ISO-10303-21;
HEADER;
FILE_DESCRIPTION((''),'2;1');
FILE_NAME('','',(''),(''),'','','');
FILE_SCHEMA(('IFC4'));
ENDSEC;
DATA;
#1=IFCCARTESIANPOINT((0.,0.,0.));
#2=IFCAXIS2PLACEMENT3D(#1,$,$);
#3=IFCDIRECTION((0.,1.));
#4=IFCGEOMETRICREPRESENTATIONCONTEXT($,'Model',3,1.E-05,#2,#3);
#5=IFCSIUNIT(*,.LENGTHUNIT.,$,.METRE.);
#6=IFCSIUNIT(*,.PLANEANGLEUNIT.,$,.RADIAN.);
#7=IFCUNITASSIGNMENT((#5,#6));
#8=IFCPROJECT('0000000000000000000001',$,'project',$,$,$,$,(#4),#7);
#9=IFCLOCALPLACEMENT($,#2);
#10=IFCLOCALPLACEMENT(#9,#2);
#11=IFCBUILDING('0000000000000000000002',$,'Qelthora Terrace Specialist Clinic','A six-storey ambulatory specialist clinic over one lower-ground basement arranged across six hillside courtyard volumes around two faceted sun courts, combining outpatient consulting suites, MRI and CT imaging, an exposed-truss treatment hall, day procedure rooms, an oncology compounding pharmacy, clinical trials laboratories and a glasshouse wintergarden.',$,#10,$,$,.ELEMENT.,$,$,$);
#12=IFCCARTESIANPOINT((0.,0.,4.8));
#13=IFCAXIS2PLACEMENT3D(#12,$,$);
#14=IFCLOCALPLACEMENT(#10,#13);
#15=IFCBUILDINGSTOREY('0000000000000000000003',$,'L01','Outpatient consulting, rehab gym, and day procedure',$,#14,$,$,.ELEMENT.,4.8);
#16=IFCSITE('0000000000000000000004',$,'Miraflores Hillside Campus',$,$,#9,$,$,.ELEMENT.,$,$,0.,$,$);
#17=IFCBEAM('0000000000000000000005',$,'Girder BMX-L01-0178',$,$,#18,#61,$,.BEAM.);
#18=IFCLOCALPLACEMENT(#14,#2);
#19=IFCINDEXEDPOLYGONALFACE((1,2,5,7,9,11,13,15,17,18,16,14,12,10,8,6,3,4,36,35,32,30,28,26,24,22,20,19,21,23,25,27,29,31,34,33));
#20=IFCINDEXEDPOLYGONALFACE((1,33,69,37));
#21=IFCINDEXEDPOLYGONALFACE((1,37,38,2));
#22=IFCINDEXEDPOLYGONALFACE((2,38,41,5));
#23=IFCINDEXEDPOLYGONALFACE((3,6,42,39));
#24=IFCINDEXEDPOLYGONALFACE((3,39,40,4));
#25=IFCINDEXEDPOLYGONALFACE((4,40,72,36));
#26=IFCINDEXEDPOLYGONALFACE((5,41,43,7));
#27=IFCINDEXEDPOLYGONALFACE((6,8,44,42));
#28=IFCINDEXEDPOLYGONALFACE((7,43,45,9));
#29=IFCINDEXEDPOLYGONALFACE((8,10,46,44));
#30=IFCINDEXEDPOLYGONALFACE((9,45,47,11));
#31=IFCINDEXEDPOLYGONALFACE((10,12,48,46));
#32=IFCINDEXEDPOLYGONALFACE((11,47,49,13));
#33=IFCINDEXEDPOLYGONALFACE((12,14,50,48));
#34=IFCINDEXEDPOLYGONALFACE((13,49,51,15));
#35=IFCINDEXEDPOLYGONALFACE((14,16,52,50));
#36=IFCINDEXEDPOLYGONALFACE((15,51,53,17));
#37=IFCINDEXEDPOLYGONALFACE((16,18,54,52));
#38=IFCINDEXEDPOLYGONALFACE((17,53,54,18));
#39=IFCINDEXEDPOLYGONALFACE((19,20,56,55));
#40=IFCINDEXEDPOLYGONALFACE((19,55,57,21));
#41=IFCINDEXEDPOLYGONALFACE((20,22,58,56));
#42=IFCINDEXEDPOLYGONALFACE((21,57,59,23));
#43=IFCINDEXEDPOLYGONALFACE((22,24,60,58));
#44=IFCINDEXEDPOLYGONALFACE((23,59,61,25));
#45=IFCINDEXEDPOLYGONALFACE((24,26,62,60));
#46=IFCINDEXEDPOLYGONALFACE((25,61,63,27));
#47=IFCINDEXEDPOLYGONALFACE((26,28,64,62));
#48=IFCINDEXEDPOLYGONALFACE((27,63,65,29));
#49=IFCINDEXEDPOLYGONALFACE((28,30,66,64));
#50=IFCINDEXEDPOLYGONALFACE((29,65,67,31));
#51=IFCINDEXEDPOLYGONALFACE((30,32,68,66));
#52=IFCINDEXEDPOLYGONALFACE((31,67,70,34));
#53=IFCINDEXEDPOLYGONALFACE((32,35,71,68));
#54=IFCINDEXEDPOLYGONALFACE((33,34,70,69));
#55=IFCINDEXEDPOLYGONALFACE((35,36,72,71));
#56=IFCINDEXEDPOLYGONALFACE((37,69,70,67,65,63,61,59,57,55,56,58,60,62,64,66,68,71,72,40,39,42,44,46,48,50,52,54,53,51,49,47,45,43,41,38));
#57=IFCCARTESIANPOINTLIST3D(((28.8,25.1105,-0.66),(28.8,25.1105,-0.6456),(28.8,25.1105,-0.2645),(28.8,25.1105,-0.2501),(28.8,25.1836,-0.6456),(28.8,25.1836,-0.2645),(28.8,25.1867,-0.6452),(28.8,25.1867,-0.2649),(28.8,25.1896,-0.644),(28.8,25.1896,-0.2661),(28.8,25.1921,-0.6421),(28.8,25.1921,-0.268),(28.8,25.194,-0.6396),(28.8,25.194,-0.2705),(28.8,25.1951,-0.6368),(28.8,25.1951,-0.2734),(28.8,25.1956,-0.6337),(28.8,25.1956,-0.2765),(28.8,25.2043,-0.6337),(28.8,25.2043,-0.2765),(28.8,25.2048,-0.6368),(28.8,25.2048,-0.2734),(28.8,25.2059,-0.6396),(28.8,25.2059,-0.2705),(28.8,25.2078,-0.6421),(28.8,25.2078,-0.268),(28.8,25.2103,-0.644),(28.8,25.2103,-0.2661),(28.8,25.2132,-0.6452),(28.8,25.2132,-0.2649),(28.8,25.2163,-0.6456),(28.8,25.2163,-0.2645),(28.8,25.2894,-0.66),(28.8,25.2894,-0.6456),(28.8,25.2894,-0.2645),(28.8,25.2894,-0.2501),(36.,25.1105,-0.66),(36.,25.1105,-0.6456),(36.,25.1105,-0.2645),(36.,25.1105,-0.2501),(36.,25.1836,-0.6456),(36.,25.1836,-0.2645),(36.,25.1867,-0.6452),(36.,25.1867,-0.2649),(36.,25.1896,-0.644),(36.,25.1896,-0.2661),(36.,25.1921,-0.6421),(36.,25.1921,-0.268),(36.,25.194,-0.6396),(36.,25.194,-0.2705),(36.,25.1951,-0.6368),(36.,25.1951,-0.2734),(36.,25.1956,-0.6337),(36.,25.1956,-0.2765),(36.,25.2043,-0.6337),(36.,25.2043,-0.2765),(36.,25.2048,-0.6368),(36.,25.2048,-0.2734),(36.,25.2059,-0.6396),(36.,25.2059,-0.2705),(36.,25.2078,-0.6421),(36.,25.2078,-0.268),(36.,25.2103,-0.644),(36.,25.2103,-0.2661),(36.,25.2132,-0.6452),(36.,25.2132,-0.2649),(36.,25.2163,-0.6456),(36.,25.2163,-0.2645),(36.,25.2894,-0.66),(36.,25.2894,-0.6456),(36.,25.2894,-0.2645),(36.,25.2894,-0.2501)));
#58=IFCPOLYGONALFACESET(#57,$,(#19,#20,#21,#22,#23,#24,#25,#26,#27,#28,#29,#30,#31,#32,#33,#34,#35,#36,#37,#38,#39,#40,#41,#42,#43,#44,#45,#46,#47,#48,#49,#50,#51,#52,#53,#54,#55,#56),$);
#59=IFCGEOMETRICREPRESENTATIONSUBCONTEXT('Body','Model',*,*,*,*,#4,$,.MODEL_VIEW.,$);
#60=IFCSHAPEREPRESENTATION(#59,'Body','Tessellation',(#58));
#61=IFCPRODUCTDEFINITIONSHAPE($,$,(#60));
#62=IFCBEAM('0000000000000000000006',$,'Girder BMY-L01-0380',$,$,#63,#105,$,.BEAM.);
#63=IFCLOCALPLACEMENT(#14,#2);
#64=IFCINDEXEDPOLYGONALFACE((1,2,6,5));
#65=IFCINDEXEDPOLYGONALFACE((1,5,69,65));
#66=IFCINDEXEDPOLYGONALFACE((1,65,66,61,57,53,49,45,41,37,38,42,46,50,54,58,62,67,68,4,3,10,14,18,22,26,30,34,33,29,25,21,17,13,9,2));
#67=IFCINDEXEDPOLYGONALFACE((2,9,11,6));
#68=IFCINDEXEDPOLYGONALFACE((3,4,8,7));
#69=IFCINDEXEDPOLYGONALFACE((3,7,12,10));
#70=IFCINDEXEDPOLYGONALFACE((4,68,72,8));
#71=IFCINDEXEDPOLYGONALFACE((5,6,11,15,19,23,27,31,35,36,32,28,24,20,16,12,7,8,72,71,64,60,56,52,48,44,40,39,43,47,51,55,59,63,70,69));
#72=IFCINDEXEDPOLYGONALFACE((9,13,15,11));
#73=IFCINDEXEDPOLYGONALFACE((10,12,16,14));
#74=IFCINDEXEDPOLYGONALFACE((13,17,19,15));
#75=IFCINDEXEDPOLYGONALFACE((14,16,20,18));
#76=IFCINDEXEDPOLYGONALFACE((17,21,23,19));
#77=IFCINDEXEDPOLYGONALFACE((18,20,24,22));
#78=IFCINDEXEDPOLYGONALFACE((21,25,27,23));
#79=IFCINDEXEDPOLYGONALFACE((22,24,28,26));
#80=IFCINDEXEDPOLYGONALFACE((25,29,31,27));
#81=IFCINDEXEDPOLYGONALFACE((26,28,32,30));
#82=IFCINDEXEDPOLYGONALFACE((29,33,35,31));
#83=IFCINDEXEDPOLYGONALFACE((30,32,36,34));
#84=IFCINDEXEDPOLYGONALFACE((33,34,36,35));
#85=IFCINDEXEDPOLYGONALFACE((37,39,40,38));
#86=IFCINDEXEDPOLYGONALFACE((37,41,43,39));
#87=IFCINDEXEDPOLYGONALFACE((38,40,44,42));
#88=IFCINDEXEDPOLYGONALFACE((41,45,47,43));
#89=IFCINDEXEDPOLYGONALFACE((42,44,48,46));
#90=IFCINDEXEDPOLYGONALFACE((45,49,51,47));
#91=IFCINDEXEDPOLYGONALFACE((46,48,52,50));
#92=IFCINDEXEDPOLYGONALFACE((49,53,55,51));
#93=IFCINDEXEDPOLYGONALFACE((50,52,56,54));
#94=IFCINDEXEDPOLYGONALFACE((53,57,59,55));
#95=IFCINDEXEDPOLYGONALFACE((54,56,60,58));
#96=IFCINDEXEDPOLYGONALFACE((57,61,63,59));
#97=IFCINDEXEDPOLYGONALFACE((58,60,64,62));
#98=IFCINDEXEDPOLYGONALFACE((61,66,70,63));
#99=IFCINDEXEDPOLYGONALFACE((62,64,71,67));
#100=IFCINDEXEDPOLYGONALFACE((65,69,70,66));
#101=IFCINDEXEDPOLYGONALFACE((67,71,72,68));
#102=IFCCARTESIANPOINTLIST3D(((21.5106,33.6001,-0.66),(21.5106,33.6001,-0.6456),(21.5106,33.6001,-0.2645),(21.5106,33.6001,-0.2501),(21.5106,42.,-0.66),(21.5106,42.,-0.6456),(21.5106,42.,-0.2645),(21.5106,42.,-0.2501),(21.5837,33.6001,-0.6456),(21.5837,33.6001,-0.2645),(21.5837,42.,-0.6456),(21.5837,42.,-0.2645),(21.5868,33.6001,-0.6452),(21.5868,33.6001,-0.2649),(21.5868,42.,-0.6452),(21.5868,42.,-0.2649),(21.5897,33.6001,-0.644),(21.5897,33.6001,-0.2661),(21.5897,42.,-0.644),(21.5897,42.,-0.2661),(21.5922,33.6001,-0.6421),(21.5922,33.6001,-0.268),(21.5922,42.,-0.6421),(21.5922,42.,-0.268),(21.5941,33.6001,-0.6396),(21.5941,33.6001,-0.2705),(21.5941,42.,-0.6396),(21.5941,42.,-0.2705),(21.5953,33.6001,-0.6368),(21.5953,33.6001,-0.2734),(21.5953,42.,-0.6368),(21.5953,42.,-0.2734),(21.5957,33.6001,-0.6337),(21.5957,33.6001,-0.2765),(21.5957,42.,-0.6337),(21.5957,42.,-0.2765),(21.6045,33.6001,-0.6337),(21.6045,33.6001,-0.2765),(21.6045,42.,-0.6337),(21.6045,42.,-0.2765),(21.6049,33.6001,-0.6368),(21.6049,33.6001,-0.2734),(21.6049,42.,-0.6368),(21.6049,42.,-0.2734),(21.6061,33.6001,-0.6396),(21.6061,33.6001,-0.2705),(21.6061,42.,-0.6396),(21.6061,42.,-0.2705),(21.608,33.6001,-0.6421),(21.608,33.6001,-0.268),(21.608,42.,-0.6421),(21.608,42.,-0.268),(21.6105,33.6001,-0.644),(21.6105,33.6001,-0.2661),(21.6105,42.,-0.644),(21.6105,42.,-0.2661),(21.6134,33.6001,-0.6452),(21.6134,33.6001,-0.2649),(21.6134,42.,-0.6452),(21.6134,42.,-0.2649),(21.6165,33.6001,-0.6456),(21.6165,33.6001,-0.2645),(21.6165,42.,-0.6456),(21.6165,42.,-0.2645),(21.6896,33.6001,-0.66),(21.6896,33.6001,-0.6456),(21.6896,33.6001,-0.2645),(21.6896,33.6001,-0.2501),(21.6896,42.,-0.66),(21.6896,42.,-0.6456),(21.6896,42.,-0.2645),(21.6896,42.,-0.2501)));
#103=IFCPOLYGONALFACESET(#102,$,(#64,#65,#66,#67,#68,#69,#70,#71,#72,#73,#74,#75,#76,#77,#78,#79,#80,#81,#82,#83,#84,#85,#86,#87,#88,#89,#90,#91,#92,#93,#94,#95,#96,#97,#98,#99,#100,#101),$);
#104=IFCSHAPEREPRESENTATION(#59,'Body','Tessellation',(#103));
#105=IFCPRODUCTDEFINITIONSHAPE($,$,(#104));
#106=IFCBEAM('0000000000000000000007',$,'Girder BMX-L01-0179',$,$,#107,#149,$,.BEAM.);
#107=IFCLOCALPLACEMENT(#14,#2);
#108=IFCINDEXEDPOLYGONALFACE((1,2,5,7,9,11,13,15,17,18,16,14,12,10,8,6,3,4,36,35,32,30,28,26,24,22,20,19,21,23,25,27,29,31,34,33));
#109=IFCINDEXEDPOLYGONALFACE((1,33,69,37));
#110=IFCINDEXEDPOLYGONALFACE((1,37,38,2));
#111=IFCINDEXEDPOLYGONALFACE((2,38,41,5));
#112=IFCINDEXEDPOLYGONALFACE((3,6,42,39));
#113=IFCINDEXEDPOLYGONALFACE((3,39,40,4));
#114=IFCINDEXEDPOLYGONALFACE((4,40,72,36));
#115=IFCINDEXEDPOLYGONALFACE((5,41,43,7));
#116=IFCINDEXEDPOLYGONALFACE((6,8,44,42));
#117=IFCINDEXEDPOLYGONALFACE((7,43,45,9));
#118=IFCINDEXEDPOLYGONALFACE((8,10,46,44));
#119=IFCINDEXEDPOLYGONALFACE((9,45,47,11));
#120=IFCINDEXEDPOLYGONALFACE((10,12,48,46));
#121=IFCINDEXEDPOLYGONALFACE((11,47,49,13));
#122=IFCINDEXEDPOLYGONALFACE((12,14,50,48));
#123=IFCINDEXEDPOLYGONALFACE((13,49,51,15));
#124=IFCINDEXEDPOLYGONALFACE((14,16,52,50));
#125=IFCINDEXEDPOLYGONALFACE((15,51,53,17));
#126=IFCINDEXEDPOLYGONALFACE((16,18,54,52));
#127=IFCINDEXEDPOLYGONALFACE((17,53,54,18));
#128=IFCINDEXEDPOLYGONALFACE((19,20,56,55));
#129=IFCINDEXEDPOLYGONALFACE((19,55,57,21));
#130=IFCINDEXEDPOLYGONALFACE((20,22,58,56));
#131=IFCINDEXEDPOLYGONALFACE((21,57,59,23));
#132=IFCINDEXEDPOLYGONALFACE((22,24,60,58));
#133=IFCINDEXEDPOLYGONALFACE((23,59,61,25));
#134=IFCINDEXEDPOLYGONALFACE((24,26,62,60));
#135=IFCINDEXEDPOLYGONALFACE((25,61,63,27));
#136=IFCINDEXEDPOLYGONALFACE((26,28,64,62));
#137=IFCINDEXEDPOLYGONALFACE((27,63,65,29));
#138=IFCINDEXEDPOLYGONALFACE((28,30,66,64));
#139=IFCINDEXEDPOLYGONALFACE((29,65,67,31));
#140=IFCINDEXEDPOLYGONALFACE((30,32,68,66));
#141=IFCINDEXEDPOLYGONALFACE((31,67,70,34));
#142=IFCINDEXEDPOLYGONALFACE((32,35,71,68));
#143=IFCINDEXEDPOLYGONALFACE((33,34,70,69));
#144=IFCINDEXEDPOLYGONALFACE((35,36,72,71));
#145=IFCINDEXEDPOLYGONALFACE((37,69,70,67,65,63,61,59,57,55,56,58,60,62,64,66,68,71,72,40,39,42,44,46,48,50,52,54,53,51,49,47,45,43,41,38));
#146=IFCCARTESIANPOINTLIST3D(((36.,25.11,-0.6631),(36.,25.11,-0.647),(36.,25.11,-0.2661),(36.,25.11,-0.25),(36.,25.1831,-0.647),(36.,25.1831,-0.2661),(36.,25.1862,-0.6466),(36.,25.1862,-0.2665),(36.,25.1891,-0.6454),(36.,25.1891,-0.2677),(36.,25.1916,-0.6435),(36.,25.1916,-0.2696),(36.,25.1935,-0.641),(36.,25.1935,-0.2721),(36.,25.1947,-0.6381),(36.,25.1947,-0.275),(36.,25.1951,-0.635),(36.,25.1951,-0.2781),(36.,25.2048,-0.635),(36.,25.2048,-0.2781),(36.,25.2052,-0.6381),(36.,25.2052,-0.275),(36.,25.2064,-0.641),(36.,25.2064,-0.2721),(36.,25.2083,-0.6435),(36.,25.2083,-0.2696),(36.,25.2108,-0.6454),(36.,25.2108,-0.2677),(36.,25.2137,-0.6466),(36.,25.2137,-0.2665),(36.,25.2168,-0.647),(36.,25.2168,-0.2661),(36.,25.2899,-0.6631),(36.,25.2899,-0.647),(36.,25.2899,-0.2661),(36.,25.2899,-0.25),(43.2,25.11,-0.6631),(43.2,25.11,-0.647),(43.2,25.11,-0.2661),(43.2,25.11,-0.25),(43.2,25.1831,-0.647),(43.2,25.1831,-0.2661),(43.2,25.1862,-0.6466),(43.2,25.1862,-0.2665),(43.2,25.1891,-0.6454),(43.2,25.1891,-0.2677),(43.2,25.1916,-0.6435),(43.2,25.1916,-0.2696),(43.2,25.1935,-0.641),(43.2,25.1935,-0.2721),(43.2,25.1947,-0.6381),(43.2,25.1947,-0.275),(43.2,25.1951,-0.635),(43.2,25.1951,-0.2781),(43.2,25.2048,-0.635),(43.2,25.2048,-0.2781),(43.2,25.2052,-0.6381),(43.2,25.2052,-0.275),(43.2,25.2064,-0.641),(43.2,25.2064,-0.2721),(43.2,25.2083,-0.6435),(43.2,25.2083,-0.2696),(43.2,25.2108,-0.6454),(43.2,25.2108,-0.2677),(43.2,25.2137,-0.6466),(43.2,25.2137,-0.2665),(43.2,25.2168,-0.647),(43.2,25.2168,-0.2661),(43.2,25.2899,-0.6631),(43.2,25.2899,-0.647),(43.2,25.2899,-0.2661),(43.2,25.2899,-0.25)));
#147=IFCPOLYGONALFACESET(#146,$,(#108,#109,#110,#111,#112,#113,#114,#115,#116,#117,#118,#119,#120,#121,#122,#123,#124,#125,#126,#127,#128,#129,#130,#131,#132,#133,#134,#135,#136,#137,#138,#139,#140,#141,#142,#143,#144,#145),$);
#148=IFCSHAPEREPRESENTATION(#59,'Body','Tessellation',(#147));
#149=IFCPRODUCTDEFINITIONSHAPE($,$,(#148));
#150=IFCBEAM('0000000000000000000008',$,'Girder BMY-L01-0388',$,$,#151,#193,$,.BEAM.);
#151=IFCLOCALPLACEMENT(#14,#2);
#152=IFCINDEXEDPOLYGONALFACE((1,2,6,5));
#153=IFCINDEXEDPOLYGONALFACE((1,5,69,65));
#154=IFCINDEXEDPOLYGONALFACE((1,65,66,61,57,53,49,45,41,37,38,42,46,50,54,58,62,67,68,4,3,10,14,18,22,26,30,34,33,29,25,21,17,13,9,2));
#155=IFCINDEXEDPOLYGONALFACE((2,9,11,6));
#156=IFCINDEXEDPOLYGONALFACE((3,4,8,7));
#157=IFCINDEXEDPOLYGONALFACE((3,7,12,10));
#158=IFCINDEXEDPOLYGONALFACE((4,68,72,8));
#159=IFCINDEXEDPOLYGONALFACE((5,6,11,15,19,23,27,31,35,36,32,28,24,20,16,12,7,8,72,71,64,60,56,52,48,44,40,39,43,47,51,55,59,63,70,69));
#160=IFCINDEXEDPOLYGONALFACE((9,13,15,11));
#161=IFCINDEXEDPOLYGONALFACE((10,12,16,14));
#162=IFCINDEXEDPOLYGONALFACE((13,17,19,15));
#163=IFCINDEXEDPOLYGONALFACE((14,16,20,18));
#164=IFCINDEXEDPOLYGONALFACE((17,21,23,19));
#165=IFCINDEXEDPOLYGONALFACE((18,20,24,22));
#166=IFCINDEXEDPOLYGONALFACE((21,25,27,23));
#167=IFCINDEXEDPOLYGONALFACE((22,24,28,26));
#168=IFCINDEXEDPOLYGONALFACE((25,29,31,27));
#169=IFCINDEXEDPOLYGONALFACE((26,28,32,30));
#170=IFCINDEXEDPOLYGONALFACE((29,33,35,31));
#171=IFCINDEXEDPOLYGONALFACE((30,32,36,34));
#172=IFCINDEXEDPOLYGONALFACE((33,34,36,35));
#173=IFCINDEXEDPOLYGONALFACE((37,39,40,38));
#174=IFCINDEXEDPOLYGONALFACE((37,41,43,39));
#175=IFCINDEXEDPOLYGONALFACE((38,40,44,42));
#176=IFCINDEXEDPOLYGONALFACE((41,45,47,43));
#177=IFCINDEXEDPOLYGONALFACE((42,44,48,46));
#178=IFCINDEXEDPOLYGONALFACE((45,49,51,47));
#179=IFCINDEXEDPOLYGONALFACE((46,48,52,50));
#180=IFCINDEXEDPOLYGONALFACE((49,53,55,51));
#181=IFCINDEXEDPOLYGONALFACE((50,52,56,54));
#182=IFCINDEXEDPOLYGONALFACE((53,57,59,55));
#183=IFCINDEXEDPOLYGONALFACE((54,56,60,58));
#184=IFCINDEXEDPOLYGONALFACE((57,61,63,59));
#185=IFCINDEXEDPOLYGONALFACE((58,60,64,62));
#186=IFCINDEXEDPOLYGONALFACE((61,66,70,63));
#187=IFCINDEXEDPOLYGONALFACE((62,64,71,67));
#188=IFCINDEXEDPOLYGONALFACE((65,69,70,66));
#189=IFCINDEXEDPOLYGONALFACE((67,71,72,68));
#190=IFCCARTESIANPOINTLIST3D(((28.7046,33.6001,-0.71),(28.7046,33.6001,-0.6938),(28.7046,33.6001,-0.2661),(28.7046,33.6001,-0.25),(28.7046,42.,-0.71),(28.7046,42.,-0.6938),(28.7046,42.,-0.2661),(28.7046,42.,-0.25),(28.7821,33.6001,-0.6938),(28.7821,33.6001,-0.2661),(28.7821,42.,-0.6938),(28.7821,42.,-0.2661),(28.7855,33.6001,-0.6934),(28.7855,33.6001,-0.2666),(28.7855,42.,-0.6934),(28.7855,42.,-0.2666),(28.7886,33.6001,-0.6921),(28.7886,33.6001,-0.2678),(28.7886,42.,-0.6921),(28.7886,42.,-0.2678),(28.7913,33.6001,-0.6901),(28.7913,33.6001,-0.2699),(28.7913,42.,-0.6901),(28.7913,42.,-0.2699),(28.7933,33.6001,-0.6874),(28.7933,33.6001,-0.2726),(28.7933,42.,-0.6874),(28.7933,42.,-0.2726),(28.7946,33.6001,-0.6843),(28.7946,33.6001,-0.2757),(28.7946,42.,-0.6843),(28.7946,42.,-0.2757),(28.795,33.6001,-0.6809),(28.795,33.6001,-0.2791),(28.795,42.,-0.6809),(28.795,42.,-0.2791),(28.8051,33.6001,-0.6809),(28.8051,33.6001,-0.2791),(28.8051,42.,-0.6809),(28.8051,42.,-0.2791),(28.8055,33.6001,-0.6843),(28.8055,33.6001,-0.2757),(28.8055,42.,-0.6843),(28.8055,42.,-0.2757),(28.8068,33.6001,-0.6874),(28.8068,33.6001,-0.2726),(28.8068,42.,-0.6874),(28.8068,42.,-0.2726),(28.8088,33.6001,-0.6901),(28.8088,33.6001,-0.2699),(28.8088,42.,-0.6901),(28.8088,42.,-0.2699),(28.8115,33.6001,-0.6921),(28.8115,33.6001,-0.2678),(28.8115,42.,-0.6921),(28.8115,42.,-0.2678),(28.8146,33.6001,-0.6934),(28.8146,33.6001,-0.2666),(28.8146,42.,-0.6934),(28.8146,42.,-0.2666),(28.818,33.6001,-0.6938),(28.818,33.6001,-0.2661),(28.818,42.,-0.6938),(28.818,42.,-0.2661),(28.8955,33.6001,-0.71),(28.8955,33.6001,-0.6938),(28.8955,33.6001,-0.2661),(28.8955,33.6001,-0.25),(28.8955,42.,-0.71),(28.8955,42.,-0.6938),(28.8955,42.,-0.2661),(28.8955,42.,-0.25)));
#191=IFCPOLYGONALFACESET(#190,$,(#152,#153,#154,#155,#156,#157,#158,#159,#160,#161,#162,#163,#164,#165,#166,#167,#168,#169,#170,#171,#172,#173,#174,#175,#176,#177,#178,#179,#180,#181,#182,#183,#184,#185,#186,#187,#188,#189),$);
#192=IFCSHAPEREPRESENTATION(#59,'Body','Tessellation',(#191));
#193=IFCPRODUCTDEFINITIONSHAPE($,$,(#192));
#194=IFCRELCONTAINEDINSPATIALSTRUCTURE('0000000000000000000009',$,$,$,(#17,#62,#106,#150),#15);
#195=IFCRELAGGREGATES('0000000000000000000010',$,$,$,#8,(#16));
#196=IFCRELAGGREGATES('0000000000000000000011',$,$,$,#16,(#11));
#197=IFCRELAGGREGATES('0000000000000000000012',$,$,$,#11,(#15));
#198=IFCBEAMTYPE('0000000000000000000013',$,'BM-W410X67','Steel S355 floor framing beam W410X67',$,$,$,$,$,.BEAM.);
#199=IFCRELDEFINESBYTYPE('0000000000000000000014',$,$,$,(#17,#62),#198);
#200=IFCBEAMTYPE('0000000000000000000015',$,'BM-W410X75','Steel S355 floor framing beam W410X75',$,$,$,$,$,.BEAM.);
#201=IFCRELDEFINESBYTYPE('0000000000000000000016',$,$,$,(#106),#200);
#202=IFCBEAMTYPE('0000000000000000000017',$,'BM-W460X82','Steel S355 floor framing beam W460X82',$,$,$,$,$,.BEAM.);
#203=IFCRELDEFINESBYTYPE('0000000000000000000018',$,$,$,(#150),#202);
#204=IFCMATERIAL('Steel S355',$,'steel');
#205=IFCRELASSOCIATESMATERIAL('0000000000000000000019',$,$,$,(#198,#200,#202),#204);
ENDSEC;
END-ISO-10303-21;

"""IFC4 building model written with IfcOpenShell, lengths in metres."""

from ifc_helpers import new_model, si_unit, direction, frame, origin, origin_2d, place, context, subcontext, project, spatial, i_section, extrude, material, material_profile, profile_set, type_object, element, save


model = new_model("IFC4")

# Units and contexts
model_context = context("Model", 3, precision=1e-05, world=origin(), true_north=direction((0.0, 1.0)))
body_context = subcontext(model_context, "Body", "Model", "MODEL_VIEW")
ifc_project = project(units=[si_unit("LENGTHUNIT", "METRE"), si_unit("PLANEANGLEUNIT", "RADIAN")], contexts=[model_context])

# Site, building, storey
site_placement = place(None, origin())
site = spatial("IfcSite", under=ifc_project, at=site_placement, Name="Miraflores Hillside Campus", CompositionType="ELEMENT", RefElevation=0.0)
building_placement = place(site_placement, origin())
building = spatial("IfcBuilding", under=site, at=building_placement, Name="Qelthora Terrace Specialist Clinic", Description="A six-storey ambulatory specialist clinic over one lower-ground basement arranged across six hillside courtyard volumes around two faceted sun courts, combining outpatient consulting suites, MRI and CT imaging, an exposed-truss treatment hall, day procedure rooms, an oncology compounding pharmacy, clinical trials laboratories and a glasshouse wintergarden.", CompositionType="ELEMENT")
storey_placement = place(building_placement, frame((0.0, 0.0, 4.8)))
storey = spatial("IfcBuildingStorey", under=building, at=storey_placement, Name="L01", Description="Outpatient consulting, rehab gym, and day procedure", CompositionType="ELEMENT", Elevation=4.8)

# Shared definitions
ifc_material_1 = material(Name="Steel S355", Category="steel")

# Beams
ifc_material_profile_1 = material_profile(ifc_material_1, i_section(OverallWidth=0.179, OverallDepth=0.4099, WebThickness=0.0088, FlangeThickness=0.0144, FilletRadius=0.012, at=origin_2d()), Name="W410X67")
ifc_profile_set_1 = profile_set([ifc_material_profile_1], Name="Steel S355")
beam_type_1 = type_object("IfcBeamType", Name="BM-W410X67", Description="Steel S355 floor framing beam W410X67", PredefinedType="BEAM", material=ifc_profile_set_1)
beam_1_placement = place(storey_placement, frame((28.8, 25.2, -0.4551), z_axis=(1.0, 0.0, 0.0), x_axis=(0.0, 1.0, 0.0)))
element("IfcBeam", 1, at=beam_1_placement, inside=storey, type_object=beam_type_1, Name="Girder BMX-L01-0178", PredefinedType="BEAM", context=body_context, shape_type="SweptSolid", body=[
    extrude(i_section(OverallWidth=0.179, OverallDepth=0.4099, WebThickness=0.0088, FlangeThickness=0.0144, FilletRadius=0.012, at=origin_2d()), origin(), (0.0, 0.0, 1.0), 7.2),
])
beam_2_placement = place(storey_placement, frame((21.6001, 33.6001, -0.4551), z_axis=(0.0, 1.0, 0.0), x_axis=(-1.0, 0.0, 0.0)))
element("IfcBeam", 2, at=beam_2_placement, inside=storey, type_object=beam_type_1, Name="Girder BMY-L01-0380", PredefinedType="BEAM", context=body_context, shape_type="SweptSolid", body=[
    extrude(i_section(OverallWidth=0.179, OverallDepth=0.4099, WebThickness=0.0088, FlangeThickness=0.0144, FilletRadius=0.012, at=origin_2d()), origin(), (0.0, 0.0, 1.0), 8.3999),
])
ifc_material_profile_2 = material_profile(ifc_material_1, i_section(OverallWidth=0.1799, OverallDepth=0.4131, WebThickness=0.0098, FlangeThickness=0.0161, FilletRadius=0.012, at=origin_2d()), Name="W410X75")
ifc_profile_set_2 = profile_set([ifc_material_profile_2], Name="Steel S355")
beam_type_2 = type_object("IfcBeamType", Name="BM-W410X75", Description="Steel S355 floor framing beam W410X75", PredefinedType="BEAM", material=ifc_profile_set_2)
beam_3_placement = place(storey_placement, frame((36.0, 25.2, -0.4565), z_axis=(1.0, 0.0, 0.0), x_axis=(0.0, 1.0, 0.0)))
element("IfcBeam", 3, at=beam_3_placement, inside=storey, type_object=beam_type_2, Name="Girder BMX-L01-0179", PredefinedType="BEAM", context=body_context, shape_type="SweptSolid", body=[
    extrude(i_section(OverallWidth=0.1799, OverallDepth=0.4131, WebThickness=0.0098, FlangeThickness=0.0161, FilletRadius=0.012, at=origin_2d()), origin(), (0.0, 0.0, 1.0), 7.2),
])
ifc_material_profile_3 = material_profile(ifc_material_1, i_section(OverallWidth=0.1909, OverallDepth=0.46, WebThickness=0.01, FlangeThickness=0.0161, FilletRadius=0.0129, at=origin_2d()), Name="W460X82")
ifc_profile_set_3 = profile_set([ifc_material_profile_3], Name="Steel S355")
beam_type_3 = type_object("IfcBeamType", Name="BM-W460X82", Description="Steel S355 floor framing beam W460X82", PredefinedType="BEAM", material=ifc_profile_set_3)
beam_4_placement = place(storey_placement, frame((28.8, 33.6001, -0.48), z_axis=(0.0, 1.0, 0.0), x_axis=(-1.0, 0.0, 0.0)))
element("IfcBeam", 4, at=beam_4_placement, inside=storey, type_object=beam_type_3, Name="Girder BMY-L01-0388", PredefinedType="BEAM", context=body_context, shape_type="SweptSolid", body=[
    extrude(i_section(OverallWidth=0.1909, OverallDepth=0.46, WebThickness=0.01, FlangeThickness=0.0161, FilletRadius=0.0129, at=origin_2d()), origin(), (0.0, 0.0, 1.0), 8.3999),
])

save(model, "model.ifc")
